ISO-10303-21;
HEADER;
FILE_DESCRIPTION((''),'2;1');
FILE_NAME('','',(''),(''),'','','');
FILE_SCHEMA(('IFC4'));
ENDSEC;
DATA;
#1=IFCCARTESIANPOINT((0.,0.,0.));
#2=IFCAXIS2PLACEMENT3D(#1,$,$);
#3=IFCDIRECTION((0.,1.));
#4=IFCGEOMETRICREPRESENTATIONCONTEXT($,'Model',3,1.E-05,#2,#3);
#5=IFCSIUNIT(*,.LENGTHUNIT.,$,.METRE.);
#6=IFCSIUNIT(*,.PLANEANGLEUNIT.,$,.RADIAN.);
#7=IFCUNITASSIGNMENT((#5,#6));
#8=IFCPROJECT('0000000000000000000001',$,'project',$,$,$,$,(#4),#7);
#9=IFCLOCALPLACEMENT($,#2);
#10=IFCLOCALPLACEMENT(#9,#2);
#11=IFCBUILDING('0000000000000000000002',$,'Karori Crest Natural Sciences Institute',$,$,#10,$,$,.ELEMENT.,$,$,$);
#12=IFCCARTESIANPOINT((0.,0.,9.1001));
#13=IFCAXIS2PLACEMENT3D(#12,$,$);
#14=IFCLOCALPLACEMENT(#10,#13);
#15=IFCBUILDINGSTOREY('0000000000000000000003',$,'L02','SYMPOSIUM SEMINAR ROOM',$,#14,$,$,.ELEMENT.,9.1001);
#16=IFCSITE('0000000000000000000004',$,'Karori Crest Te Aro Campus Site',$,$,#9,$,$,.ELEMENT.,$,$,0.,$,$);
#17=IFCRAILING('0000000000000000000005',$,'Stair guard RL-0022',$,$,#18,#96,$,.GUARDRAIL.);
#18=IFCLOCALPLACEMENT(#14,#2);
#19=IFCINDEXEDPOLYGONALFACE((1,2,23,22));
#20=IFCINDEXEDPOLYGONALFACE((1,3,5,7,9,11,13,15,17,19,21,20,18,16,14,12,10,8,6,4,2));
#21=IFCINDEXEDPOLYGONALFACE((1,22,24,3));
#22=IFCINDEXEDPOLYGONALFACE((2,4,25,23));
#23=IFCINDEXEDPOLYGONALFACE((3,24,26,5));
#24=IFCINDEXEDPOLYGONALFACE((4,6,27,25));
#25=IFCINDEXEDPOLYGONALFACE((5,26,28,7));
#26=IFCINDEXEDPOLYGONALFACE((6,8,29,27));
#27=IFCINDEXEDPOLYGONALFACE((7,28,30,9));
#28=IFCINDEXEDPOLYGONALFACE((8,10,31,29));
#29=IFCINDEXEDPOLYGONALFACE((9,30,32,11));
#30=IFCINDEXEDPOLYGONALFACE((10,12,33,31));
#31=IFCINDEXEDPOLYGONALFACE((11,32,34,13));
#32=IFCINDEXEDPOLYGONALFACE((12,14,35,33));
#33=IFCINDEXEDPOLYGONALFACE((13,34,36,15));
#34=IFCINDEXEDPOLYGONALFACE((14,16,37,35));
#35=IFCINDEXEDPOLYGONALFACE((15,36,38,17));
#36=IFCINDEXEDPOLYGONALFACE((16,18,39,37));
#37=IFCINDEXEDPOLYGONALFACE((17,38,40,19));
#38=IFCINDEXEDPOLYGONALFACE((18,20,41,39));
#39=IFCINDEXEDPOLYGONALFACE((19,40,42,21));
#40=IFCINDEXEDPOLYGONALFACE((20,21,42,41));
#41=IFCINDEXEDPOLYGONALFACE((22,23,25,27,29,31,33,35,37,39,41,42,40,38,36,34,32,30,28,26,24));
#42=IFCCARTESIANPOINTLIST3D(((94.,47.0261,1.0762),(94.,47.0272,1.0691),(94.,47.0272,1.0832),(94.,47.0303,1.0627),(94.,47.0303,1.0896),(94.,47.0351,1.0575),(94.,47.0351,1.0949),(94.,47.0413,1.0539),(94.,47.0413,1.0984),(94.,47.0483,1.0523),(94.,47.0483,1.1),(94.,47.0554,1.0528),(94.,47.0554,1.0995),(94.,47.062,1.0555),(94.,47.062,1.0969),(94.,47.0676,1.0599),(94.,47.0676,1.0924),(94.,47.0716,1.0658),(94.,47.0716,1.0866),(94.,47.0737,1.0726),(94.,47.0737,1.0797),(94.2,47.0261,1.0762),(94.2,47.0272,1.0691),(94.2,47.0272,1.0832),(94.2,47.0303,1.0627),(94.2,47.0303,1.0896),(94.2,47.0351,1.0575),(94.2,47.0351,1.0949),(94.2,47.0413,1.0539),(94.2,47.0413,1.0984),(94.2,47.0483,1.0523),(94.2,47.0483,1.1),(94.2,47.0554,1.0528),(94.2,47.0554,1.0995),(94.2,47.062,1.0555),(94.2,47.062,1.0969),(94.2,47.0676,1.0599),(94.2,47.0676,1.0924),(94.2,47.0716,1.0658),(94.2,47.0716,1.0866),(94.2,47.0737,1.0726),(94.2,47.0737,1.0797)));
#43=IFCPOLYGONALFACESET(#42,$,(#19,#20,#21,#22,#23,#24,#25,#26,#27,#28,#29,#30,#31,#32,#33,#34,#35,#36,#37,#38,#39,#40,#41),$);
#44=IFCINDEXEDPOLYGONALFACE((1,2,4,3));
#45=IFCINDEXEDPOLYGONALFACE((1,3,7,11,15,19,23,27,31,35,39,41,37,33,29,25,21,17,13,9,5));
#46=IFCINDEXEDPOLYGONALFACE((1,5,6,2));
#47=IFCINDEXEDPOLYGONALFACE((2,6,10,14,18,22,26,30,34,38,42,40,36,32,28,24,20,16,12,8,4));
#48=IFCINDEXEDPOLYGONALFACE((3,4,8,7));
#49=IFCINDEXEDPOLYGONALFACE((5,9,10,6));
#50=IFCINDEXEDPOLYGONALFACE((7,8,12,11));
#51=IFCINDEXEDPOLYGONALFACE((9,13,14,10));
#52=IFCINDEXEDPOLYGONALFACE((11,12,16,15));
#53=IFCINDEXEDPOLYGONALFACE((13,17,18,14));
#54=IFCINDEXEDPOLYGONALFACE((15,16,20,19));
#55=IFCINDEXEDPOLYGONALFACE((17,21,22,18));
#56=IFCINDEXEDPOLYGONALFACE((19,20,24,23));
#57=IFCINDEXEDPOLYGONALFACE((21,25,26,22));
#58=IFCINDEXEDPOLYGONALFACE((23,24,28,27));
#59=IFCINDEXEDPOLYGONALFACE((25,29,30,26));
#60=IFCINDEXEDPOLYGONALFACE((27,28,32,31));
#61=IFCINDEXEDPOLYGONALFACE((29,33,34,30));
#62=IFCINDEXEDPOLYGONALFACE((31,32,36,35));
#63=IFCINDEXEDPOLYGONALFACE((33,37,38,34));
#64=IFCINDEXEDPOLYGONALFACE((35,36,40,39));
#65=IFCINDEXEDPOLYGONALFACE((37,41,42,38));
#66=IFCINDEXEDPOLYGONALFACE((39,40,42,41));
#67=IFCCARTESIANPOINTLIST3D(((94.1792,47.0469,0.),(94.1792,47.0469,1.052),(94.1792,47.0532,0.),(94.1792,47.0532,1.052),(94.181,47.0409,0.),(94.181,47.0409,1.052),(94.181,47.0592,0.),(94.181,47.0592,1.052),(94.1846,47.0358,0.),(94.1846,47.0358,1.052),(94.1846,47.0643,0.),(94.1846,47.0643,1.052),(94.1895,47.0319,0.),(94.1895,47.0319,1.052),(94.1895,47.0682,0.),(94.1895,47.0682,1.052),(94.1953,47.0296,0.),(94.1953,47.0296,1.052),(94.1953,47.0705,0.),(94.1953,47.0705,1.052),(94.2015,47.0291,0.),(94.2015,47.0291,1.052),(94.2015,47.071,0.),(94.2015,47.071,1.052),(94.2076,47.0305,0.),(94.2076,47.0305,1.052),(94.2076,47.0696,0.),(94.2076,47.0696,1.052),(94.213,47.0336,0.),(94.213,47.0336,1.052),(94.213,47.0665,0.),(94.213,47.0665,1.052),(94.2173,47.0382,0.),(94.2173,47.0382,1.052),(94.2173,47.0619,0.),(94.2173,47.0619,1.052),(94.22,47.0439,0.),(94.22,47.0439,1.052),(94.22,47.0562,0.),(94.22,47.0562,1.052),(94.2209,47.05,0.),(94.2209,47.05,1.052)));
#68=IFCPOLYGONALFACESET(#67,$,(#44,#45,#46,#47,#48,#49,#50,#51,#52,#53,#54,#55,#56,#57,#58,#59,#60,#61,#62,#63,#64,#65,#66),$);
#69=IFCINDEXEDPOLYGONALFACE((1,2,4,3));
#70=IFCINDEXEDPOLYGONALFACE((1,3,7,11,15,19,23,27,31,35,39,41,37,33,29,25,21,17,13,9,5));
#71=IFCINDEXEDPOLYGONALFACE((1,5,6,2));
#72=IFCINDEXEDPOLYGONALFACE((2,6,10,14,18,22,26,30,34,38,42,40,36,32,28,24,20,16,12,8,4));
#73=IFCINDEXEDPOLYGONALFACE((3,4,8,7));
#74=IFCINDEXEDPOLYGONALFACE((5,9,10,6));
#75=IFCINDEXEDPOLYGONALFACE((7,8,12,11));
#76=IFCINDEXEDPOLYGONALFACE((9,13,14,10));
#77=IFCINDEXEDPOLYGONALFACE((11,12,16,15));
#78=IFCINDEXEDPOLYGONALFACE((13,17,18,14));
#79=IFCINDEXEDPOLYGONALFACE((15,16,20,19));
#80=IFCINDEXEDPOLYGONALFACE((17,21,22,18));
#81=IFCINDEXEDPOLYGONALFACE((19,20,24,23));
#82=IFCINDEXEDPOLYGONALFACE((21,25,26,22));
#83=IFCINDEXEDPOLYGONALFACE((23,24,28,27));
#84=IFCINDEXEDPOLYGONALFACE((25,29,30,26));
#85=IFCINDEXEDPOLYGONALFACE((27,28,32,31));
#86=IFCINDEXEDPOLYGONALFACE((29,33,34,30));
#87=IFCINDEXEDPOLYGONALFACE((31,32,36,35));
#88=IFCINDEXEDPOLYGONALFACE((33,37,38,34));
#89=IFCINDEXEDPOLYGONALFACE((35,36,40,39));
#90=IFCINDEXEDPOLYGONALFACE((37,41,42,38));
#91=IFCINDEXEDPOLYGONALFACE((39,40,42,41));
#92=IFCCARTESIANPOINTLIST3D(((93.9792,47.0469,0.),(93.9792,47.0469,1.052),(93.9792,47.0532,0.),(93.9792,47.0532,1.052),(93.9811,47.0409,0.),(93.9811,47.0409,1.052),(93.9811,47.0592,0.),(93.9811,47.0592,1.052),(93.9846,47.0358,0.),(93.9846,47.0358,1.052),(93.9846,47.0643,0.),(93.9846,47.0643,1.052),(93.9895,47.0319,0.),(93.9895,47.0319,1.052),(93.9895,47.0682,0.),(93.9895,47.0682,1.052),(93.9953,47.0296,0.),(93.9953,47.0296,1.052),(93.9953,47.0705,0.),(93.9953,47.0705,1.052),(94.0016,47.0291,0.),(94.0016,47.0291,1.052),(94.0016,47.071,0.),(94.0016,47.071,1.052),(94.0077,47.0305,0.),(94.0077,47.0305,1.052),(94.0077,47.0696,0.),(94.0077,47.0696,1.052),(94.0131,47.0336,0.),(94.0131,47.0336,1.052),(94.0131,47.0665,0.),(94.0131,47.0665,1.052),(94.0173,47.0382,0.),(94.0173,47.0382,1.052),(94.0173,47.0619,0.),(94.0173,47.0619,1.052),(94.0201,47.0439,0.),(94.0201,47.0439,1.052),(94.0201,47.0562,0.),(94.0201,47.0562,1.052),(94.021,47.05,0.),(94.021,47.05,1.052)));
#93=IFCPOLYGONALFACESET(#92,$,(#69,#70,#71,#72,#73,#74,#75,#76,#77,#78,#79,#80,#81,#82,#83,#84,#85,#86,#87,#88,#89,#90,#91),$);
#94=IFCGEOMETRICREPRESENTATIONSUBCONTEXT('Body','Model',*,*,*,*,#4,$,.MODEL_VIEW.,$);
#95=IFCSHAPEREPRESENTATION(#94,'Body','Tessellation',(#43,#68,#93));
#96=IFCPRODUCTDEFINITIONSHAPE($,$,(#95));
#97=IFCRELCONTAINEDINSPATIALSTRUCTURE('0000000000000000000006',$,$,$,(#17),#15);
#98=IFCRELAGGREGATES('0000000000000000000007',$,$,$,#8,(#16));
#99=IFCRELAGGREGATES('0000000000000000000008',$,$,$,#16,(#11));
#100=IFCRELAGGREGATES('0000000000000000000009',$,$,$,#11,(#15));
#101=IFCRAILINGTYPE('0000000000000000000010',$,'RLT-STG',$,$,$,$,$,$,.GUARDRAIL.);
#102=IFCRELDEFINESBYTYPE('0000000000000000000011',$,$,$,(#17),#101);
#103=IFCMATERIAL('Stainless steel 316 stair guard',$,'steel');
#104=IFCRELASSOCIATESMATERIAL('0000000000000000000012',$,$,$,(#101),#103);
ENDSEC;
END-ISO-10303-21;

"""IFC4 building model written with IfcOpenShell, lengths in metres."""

from ifc_helpers import new_model, si_unit, direction, frame, origin, origin_2d, place, context, subcontext, project, spatial, circle, extrude, material, type_object, element, save


model = new_model("IFC4")

# Units and contexts
model_context = context("Model", 3, precision=1e-05, world=origin(), true_north=direction((0.0, 1.0)))
body_context = subcontext(model_context, "Body", "Model", "MODEL_VIEW")
ifc_project = project(units=[si_unit("LENGTHUNIT", "METRE"), si_unit("PLANEANGLEUNIT", "RADIAN")], contexts=[model_context])

# Site, building, storey
site_placement = place(None, origin())
site = spatial("IfcSite", under=ifc_project, at=site_placement, Name="Karori Crest Te Aro Campus Site", CompositionType="ELEMENT", RefElevation=0.0)
building_placement = place(site_placement, origin())
building = spatial("IfcBuilding", under=site, at=building_placement, Name="Karori Crest Natural Sciences Institute", CompositionType="ELEMENT")
storey_placement = place(building_placement, frame((0.0, 0.0, 9.1001)))
storey = spatial("IfcBuildingStorey", under=building, at=storey_placement, Name="L02", Description="SYMPOSIUM SEMINAR ROOM", CompositionType="ELEMENT", Elevation=9.1001)

# Railing
ifc_material_1 = material(Name="Stainless steel 316 stair guard", Category="steel")
railing_type_1 = type_object("IfcRailingType", Name="RLT-STG", PredefinedType="GUARDRAIL", material=ifc_material_1)
railing_1_placement = place(storey_placement, frame((94.2, 47.05, 0.0)))
element("IfcRailing", 1, at=railing_1_placement, inside=storey, type_object=railing_type_1, Name="Stair guard RL-0022", PredefinedType="GUARDRAIL", context=body_context, shape_type="SweptSolid", body=[
    extrude(circle(Radius=0.0239, at=origin_2d()), frame((0.0, 0.0, 1.0762), z_axis=(-1.0, 0.0, 0.0), x_axis=(0.0, -1.0, 0.0)), (0.0, 0.0, 1.0), 0.2),
    extrude(circle(Radius=0.021, at=origin_2d()), origin(), (0.0, 0.0, 1.0), 1.052),
    extrude(circle(Radius=0.021, at=origin_2d()), frame((-0.2, 0.0, 0.0)), (0.0, 0.0, 1.0), 1.052),
])

save(model, "model.ifc")
